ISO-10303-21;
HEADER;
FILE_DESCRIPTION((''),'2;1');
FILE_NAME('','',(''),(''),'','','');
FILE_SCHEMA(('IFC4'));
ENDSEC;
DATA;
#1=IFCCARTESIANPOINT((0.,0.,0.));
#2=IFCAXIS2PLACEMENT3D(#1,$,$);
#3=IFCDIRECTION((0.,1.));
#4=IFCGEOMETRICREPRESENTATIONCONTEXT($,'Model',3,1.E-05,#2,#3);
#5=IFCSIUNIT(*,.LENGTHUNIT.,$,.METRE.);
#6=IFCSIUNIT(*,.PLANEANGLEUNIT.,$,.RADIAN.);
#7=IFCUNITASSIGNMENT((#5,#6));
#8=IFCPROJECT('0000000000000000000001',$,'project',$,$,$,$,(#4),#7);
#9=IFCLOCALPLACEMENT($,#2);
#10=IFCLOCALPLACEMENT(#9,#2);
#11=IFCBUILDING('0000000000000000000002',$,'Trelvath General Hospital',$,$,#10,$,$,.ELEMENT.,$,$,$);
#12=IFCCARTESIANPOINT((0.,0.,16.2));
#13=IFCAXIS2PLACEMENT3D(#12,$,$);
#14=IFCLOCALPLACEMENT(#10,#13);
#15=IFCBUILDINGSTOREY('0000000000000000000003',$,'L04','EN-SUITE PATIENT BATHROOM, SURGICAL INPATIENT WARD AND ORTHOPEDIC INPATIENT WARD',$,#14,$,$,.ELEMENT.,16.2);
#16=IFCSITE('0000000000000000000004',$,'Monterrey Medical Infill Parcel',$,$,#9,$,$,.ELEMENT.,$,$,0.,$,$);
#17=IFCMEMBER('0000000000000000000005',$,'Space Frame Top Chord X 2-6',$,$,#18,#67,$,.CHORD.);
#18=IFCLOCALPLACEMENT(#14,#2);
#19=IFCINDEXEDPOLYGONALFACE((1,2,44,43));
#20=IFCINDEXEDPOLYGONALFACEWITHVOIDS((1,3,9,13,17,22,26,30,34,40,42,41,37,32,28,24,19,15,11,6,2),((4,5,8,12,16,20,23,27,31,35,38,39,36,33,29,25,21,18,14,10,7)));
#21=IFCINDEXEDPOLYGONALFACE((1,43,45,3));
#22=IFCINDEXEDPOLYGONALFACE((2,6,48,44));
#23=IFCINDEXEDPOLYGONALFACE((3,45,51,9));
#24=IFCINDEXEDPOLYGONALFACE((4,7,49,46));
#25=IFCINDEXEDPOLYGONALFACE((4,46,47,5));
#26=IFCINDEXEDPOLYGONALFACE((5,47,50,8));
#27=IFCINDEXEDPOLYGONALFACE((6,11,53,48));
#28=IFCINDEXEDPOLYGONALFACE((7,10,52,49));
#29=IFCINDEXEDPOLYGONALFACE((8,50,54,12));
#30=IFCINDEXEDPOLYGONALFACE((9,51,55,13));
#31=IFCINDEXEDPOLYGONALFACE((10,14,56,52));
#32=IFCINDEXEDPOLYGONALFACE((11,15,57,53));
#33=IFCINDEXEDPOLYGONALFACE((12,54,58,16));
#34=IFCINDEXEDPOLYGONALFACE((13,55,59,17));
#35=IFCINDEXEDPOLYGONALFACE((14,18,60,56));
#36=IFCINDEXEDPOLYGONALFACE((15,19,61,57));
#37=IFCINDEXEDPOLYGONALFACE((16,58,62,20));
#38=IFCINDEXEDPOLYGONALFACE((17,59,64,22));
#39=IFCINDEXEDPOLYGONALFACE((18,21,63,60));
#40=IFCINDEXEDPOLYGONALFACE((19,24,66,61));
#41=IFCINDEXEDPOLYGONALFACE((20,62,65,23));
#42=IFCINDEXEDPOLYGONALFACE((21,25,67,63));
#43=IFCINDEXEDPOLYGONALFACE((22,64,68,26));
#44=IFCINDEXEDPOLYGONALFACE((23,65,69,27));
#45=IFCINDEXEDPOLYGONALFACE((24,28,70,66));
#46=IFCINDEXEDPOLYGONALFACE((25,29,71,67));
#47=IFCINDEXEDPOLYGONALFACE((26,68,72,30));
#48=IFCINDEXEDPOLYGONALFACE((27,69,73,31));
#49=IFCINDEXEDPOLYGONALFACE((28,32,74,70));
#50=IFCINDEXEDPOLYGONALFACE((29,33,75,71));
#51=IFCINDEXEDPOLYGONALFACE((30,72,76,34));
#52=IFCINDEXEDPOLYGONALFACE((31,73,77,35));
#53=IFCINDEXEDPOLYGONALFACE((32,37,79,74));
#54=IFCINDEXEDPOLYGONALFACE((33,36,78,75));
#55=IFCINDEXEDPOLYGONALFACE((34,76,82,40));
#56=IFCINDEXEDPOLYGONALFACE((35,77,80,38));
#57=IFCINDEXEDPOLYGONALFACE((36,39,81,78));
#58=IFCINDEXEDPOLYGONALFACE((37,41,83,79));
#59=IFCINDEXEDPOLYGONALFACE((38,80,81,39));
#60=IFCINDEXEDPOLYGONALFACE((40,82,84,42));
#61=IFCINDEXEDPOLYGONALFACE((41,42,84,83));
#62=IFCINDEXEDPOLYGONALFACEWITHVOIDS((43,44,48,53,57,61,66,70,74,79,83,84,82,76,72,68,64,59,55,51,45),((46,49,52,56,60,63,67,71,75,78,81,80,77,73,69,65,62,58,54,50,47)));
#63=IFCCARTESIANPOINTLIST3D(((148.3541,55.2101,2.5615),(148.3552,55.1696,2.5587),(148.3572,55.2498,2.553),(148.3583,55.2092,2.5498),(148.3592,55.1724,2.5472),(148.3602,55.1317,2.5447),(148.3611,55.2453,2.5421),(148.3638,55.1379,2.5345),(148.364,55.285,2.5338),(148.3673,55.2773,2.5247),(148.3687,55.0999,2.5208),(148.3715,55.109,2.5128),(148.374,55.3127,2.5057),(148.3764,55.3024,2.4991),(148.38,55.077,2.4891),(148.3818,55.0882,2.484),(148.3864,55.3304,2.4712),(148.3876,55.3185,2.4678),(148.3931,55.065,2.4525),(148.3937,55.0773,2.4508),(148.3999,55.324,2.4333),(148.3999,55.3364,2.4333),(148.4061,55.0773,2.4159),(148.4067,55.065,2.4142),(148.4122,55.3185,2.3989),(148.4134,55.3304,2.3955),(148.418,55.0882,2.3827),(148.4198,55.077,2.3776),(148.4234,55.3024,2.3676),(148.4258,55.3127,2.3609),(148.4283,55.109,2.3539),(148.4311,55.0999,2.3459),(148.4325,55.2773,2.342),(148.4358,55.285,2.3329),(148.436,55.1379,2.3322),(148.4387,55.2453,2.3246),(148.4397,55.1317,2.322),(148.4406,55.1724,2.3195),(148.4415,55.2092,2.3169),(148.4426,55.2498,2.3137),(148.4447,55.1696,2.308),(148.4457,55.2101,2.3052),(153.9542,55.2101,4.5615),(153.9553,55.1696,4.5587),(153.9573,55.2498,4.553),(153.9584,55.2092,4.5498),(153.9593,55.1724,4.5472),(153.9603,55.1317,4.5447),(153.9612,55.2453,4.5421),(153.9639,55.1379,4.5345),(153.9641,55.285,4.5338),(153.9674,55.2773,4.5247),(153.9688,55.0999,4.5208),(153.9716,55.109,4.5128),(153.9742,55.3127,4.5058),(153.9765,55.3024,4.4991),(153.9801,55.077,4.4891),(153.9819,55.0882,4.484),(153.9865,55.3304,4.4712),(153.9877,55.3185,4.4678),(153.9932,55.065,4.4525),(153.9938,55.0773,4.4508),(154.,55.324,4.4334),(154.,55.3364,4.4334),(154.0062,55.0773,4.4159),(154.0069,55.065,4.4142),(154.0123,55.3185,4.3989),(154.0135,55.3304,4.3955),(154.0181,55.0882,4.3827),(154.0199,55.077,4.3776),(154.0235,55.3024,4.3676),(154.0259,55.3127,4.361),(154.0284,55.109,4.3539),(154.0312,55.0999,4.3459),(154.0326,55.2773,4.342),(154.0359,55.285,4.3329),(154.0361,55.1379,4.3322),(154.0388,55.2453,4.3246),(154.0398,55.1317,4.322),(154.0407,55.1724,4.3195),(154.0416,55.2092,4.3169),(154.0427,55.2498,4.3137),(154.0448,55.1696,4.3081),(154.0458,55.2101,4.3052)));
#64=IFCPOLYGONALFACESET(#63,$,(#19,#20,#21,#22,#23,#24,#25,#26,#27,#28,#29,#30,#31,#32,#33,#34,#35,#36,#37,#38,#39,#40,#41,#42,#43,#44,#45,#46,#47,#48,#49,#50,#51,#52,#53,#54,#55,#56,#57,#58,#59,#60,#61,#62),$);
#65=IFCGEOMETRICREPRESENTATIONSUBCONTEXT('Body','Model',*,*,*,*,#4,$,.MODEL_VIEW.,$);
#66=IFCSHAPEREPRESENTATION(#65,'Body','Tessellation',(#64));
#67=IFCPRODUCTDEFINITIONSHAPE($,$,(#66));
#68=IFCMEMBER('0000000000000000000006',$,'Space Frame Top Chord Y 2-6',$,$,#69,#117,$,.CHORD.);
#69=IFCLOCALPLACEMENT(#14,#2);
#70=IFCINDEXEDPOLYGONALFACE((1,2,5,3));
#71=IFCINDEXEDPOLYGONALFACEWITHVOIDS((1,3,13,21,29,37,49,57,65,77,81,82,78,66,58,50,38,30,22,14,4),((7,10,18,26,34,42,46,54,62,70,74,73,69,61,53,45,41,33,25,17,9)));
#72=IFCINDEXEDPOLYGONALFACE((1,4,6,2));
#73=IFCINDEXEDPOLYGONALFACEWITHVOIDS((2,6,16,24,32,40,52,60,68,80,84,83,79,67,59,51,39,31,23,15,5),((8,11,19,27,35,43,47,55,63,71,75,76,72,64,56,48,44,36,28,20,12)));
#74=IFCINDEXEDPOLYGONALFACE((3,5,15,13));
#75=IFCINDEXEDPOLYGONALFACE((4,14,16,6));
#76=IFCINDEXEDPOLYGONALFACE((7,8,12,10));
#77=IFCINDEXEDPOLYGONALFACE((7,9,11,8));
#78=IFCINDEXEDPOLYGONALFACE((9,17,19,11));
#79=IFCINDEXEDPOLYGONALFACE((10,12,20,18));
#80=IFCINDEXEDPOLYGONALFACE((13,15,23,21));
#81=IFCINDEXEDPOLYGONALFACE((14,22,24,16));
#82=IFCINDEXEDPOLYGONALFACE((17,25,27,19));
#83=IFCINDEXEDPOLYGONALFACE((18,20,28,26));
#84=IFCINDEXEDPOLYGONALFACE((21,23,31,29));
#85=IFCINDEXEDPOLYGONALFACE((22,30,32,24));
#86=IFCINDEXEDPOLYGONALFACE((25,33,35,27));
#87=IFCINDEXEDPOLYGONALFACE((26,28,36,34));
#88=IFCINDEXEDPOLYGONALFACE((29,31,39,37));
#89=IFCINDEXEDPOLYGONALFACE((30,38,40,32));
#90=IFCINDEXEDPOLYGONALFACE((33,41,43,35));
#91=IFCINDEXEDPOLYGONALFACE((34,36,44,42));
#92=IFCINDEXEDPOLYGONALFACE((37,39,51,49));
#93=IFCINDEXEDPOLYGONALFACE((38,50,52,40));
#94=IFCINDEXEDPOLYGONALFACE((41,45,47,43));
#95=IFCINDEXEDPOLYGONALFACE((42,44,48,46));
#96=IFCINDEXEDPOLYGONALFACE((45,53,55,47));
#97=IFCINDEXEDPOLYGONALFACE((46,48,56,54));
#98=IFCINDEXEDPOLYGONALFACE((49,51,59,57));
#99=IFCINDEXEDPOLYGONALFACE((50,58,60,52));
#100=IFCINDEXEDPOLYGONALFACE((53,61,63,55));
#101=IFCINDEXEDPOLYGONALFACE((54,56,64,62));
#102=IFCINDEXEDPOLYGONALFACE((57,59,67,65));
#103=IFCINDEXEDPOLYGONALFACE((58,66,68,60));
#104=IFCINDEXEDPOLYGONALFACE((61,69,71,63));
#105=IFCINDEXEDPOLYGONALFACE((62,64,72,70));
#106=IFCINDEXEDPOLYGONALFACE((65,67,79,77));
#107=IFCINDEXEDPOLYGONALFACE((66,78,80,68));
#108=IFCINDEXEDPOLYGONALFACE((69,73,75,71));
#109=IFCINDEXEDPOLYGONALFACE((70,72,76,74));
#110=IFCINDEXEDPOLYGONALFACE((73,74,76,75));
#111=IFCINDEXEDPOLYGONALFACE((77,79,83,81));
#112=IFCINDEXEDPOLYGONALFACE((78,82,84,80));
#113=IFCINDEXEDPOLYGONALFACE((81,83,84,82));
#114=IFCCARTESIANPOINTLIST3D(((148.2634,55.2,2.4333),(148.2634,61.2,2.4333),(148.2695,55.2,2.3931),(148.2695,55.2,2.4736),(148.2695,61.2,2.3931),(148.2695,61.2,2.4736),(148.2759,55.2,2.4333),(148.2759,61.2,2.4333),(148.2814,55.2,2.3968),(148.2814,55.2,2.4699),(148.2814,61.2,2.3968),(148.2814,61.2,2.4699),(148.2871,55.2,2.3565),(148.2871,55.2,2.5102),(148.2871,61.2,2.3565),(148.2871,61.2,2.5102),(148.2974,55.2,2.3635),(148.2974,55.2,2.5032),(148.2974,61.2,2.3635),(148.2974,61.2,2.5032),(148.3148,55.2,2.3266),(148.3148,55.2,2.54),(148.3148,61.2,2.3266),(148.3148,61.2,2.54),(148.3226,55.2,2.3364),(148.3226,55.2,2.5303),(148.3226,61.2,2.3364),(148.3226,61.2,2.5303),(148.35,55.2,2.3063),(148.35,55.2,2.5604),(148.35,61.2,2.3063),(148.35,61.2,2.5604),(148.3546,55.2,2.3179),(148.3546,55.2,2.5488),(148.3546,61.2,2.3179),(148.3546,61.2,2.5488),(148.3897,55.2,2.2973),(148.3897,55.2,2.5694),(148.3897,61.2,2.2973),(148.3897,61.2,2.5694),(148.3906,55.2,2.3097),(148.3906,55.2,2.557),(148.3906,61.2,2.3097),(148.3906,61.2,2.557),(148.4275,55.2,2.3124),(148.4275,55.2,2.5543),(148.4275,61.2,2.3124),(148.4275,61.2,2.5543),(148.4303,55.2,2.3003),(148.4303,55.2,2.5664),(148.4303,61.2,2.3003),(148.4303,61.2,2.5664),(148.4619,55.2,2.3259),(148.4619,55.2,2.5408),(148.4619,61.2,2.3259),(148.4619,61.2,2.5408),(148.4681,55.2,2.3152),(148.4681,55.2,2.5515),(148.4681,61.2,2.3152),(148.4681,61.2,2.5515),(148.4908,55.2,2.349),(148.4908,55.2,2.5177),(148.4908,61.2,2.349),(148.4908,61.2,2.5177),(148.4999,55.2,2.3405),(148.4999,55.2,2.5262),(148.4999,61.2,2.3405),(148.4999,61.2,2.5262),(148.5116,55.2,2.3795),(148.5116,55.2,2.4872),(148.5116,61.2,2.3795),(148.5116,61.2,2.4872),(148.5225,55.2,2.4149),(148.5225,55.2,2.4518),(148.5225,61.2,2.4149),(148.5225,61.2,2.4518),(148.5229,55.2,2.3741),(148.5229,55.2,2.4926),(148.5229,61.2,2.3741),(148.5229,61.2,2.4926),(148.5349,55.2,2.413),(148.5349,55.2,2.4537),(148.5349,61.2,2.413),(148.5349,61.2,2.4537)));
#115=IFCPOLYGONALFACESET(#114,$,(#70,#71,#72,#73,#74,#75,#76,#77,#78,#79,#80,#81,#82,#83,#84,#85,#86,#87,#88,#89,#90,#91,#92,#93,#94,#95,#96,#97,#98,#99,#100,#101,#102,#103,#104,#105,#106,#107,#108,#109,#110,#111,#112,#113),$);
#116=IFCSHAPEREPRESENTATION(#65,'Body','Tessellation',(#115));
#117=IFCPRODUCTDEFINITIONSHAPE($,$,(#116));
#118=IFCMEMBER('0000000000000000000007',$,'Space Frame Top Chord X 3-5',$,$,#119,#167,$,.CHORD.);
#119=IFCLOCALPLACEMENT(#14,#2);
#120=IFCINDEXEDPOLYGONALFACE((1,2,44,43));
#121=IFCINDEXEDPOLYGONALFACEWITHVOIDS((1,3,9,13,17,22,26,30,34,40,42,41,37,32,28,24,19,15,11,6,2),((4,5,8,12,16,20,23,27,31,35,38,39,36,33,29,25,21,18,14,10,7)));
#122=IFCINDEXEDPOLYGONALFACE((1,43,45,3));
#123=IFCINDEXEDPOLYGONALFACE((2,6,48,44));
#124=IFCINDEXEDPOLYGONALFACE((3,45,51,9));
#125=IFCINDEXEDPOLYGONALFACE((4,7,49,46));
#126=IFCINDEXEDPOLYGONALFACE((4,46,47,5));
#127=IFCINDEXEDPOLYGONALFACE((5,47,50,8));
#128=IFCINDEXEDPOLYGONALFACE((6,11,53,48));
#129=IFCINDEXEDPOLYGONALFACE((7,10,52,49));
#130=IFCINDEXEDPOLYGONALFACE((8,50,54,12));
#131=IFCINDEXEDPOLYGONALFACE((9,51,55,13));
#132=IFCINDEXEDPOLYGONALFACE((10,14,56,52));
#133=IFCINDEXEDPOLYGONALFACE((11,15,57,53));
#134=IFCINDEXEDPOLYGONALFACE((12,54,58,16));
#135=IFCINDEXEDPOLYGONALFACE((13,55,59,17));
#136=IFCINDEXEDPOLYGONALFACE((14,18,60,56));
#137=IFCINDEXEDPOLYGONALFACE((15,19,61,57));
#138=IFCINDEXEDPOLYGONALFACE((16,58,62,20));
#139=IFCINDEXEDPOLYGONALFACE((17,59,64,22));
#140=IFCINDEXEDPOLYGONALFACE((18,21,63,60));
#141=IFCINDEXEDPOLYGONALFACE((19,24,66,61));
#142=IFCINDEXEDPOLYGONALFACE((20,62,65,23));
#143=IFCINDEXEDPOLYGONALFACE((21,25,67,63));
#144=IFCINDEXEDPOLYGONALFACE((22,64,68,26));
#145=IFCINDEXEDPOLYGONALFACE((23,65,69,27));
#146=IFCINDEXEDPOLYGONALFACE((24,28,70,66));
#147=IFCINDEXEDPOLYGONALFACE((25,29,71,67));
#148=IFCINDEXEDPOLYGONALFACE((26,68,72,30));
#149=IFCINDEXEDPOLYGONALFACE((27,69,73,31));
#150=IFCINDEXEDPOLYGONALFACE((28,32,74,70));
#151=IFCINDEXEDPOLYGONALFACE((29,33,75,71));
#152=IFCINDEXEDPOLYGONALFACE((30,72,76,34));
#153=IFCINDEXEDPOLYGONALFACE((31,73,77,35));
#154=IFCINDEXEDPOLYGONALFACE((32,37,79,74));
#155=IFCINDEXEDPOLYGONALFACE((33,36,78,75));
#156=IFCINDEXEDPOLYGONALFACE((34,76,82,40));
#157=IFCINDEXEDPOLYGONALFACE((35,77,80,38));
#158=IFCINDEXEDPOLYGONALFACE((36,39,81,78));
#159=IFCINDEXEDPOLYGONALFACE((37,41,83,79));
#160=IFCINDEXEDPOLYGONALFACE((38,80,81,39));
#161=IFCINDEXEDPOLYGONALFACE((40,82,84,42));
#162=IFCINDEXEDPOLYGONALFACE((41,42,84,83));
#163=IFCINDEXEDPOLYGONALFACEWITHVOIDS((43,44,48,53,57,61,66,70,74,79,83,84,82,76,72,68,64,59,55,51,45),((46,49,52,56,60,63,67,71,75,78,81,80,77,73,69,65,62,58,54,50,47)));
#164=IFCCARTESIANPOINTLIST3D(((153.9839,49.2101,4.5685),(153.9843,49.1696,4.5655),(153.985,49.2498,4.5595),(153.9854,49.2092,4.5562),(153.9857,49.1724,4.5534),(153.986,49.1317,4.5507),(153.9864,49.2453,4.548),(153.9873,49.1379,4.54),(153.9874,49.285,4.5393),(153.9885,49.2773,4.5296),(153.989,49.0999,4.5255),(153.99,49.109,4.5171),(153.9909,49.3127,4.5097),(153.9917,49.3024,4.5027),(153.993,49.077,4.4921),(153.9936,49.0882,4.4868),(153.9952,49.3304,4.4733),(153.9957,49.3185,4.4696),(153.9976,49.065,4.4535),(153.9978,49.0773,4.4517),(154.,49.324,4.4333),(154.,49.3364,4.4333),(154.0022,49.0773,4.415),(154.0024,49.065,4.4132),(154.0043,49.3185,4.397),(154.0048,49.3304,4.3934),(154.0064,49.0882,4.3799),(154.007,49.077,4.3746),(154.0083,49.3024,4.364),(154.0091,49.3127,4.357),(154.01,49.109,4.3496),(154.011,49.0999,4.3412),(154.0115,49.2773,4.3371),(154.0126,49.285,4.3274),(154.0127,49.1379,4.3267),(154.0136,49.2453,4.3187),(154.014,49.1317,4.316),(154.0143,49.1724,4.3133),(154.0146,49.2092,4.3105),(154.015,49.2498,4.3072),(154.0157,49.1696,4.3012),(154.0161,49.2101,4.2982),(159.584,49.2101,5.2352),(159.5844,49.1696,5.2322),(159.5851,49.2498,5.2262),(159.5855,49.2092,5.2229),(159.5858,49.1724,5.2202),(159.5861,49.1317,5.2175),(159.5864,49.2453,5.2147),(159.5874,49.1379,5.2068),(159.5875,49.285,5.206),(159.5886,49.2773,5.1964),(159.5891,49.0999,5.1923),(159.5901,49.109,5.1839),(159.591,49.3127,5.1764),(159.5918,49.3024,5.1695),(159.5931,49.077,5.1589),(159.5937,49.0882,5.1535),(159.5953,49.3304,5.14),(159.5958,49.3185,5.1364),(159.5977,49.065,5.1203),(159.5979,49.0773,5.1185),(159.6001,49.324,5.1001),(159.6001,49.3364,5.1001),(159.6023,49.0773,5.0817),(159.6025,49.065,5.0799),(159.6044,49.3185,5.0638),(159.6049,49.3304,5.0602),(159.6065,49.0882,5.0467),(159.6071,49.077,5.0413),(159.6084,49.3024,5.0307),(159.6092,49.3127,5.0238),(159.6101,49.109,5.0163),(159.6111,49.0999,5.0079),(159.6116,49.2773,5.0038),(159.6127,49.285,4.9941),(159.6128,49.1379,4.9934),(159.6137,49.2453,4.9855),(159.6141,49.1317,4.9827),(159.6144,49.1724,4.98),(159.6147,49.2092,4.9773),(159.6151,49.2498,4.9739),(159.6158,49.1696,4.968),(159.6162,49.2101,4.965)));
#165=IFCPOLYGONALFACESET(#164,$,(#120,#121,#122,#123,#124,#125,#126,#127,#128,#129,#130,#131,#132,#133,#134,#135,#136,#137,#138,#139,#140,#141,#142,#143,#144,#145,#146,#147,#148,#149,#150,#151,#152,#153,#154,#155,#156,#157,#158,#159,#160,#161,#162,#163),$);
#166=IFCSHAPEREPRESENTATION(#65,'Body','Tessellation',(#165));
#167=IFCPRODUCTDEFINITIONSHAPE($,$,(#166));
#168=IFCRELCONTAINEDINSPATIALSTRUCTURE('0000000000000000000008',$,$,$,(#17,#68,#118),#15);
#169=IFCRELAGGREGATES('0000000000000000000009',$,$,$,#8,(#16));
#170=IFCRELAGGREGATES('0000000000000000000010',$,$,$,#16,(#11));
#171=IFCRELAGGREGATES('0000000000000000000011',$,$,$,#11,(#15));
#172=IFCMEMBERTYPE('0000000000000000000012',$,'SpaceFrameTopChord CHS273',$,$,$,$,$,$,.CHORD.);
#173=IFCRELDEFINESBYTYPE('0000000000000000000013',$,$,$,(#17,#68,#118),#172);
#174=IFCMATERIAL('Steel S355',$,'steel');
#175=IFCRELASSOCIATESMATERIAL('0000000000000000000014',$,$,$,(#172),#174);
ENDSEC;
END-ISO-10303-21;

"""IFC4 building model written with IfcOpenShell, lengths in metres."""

from ifc_helpers import new_model, si_unit, direction, frame, origin, origin_2d, place, context, subcontext, project, spatial, hollow_circle, extrude, material, material_profile, profile_set, type_object, element, save


model = new_model("IFC4")

# Units and contexts
model_context = context("Model", 3, precision=1e-05, world=origin(), true_north=direction((0.0, 1.0)))
body_context = subcontext(model_context, "Body", "Model", "MODEL_VIEW")
ifc_project = project(units=[si_unit("LENGTHUNIT", "METRE"), si_unit("PLANEANGLEUNIT", "RADIAN")], contexts=[model_context])

# Site, building, storey
site_placement = place(None, origin())
site = spatial("IfcSite", under=ifc_project, at=site_placement, Name="Monterrey Medical Infill Parcel", CompositionType="ELEMENT", RefElevation=0.0)
building_placement = place(site_placement, origin())
building = spatial("IfcBuilding", under=site, at=building_placement, Name="Trelvath General Hospital", CompositionType="ELEMENT")
storey_placement = place(building_placement, frame((0.0, 0.0, 16.2)))
storey = spatial("IfcBuildingStorey", under=building, at=storey_placement, Name="L04", Description="EN-SUITE PATIENT BATHROOM, SURGICAL INPATIENT WARD AND ORTHOPEDIC INPATIENT WARD", CompositionType="ELEMENT", Elevation=16.2)

# Members
ifc_material_1 = material(Name="Steel S355", Category="steel")
ifc_material_profile_1 = material_profile(ifc_material_1, hollow_circle(Radius=0.1365, WallThickness=0.0125, at=origin_2d()), Name="CHS273.0x12.5")
ifc_profile_set_1 = profile_set([ifc_material_profile_1], Name="Steel S355")
member_type_1 = type_object("IfcMemberType", Name="SpaceFrameTopChord CHS273", PredefinedType="CHORD", material=ifc_profile_set_1)
member_1_placement = place(storey_placement, frame((148.3999, 55.2, 2.4333), z_axis=(0.941744, 0.0, 0.336331), x_axis=(0.0, 1.0, 0.0)))
element("IfcMember", 1, at=member_1_placement, inside=storey, type_object=member_type_1, Name="Space Frame Top Chord X 2-6", PredefinedType="CHORD", context=body_context, shape_type="SweptSolid", body=[
    extrude(hollow_circle(Radius=0.1365, WallThickness=0.0125, at=origin_2d()), origin(), (0.0, 0.0, 1.0), 5.9465),
])
member_2_placement = place(storey_placement, frame((148.3999, 55.2, 2.4333), z_axis=(0.0, 1.0, 0.0), x_axis=(-1.0, 0.0, 0.0)))
element("IfcMember", 2, at=member_2_placement, inside=storey, type_object=member_type_1, Name="Space Frame Top Chord Y 2-6", PredefinedType="CHORD", context=body_context, shape_type="SweptSolid", body=[
    extrude(hollow_circle(Radius=0.1365, WallThickness=0.0125, at=origin_2d()), origin(), (0.0, 0.0, 1.0), 6.0),
])
member_3_placement = place(storey_placement, frame((154.0, 49.2, 4.4333), z_axis=(0.992987, 0.0, 0.118225), x_axis=(0.0, 1.0, 0.0)))
element("IfcMember", 3, at=member_3_placement, inside=storey, type_object=member_type_1, Name="Space Frame Top Chord X 3-5", PredefinedType="CHORD", context=body_context, shape_type="SweptSolid", body=[
    extrude(hollow_circle(Radius=0.1365, WallThickness=0.0125, at=origin_2d()), origin(), (0.0, 0.0, 1.0), 5.6396),
])

save(model, "model.ifc")
